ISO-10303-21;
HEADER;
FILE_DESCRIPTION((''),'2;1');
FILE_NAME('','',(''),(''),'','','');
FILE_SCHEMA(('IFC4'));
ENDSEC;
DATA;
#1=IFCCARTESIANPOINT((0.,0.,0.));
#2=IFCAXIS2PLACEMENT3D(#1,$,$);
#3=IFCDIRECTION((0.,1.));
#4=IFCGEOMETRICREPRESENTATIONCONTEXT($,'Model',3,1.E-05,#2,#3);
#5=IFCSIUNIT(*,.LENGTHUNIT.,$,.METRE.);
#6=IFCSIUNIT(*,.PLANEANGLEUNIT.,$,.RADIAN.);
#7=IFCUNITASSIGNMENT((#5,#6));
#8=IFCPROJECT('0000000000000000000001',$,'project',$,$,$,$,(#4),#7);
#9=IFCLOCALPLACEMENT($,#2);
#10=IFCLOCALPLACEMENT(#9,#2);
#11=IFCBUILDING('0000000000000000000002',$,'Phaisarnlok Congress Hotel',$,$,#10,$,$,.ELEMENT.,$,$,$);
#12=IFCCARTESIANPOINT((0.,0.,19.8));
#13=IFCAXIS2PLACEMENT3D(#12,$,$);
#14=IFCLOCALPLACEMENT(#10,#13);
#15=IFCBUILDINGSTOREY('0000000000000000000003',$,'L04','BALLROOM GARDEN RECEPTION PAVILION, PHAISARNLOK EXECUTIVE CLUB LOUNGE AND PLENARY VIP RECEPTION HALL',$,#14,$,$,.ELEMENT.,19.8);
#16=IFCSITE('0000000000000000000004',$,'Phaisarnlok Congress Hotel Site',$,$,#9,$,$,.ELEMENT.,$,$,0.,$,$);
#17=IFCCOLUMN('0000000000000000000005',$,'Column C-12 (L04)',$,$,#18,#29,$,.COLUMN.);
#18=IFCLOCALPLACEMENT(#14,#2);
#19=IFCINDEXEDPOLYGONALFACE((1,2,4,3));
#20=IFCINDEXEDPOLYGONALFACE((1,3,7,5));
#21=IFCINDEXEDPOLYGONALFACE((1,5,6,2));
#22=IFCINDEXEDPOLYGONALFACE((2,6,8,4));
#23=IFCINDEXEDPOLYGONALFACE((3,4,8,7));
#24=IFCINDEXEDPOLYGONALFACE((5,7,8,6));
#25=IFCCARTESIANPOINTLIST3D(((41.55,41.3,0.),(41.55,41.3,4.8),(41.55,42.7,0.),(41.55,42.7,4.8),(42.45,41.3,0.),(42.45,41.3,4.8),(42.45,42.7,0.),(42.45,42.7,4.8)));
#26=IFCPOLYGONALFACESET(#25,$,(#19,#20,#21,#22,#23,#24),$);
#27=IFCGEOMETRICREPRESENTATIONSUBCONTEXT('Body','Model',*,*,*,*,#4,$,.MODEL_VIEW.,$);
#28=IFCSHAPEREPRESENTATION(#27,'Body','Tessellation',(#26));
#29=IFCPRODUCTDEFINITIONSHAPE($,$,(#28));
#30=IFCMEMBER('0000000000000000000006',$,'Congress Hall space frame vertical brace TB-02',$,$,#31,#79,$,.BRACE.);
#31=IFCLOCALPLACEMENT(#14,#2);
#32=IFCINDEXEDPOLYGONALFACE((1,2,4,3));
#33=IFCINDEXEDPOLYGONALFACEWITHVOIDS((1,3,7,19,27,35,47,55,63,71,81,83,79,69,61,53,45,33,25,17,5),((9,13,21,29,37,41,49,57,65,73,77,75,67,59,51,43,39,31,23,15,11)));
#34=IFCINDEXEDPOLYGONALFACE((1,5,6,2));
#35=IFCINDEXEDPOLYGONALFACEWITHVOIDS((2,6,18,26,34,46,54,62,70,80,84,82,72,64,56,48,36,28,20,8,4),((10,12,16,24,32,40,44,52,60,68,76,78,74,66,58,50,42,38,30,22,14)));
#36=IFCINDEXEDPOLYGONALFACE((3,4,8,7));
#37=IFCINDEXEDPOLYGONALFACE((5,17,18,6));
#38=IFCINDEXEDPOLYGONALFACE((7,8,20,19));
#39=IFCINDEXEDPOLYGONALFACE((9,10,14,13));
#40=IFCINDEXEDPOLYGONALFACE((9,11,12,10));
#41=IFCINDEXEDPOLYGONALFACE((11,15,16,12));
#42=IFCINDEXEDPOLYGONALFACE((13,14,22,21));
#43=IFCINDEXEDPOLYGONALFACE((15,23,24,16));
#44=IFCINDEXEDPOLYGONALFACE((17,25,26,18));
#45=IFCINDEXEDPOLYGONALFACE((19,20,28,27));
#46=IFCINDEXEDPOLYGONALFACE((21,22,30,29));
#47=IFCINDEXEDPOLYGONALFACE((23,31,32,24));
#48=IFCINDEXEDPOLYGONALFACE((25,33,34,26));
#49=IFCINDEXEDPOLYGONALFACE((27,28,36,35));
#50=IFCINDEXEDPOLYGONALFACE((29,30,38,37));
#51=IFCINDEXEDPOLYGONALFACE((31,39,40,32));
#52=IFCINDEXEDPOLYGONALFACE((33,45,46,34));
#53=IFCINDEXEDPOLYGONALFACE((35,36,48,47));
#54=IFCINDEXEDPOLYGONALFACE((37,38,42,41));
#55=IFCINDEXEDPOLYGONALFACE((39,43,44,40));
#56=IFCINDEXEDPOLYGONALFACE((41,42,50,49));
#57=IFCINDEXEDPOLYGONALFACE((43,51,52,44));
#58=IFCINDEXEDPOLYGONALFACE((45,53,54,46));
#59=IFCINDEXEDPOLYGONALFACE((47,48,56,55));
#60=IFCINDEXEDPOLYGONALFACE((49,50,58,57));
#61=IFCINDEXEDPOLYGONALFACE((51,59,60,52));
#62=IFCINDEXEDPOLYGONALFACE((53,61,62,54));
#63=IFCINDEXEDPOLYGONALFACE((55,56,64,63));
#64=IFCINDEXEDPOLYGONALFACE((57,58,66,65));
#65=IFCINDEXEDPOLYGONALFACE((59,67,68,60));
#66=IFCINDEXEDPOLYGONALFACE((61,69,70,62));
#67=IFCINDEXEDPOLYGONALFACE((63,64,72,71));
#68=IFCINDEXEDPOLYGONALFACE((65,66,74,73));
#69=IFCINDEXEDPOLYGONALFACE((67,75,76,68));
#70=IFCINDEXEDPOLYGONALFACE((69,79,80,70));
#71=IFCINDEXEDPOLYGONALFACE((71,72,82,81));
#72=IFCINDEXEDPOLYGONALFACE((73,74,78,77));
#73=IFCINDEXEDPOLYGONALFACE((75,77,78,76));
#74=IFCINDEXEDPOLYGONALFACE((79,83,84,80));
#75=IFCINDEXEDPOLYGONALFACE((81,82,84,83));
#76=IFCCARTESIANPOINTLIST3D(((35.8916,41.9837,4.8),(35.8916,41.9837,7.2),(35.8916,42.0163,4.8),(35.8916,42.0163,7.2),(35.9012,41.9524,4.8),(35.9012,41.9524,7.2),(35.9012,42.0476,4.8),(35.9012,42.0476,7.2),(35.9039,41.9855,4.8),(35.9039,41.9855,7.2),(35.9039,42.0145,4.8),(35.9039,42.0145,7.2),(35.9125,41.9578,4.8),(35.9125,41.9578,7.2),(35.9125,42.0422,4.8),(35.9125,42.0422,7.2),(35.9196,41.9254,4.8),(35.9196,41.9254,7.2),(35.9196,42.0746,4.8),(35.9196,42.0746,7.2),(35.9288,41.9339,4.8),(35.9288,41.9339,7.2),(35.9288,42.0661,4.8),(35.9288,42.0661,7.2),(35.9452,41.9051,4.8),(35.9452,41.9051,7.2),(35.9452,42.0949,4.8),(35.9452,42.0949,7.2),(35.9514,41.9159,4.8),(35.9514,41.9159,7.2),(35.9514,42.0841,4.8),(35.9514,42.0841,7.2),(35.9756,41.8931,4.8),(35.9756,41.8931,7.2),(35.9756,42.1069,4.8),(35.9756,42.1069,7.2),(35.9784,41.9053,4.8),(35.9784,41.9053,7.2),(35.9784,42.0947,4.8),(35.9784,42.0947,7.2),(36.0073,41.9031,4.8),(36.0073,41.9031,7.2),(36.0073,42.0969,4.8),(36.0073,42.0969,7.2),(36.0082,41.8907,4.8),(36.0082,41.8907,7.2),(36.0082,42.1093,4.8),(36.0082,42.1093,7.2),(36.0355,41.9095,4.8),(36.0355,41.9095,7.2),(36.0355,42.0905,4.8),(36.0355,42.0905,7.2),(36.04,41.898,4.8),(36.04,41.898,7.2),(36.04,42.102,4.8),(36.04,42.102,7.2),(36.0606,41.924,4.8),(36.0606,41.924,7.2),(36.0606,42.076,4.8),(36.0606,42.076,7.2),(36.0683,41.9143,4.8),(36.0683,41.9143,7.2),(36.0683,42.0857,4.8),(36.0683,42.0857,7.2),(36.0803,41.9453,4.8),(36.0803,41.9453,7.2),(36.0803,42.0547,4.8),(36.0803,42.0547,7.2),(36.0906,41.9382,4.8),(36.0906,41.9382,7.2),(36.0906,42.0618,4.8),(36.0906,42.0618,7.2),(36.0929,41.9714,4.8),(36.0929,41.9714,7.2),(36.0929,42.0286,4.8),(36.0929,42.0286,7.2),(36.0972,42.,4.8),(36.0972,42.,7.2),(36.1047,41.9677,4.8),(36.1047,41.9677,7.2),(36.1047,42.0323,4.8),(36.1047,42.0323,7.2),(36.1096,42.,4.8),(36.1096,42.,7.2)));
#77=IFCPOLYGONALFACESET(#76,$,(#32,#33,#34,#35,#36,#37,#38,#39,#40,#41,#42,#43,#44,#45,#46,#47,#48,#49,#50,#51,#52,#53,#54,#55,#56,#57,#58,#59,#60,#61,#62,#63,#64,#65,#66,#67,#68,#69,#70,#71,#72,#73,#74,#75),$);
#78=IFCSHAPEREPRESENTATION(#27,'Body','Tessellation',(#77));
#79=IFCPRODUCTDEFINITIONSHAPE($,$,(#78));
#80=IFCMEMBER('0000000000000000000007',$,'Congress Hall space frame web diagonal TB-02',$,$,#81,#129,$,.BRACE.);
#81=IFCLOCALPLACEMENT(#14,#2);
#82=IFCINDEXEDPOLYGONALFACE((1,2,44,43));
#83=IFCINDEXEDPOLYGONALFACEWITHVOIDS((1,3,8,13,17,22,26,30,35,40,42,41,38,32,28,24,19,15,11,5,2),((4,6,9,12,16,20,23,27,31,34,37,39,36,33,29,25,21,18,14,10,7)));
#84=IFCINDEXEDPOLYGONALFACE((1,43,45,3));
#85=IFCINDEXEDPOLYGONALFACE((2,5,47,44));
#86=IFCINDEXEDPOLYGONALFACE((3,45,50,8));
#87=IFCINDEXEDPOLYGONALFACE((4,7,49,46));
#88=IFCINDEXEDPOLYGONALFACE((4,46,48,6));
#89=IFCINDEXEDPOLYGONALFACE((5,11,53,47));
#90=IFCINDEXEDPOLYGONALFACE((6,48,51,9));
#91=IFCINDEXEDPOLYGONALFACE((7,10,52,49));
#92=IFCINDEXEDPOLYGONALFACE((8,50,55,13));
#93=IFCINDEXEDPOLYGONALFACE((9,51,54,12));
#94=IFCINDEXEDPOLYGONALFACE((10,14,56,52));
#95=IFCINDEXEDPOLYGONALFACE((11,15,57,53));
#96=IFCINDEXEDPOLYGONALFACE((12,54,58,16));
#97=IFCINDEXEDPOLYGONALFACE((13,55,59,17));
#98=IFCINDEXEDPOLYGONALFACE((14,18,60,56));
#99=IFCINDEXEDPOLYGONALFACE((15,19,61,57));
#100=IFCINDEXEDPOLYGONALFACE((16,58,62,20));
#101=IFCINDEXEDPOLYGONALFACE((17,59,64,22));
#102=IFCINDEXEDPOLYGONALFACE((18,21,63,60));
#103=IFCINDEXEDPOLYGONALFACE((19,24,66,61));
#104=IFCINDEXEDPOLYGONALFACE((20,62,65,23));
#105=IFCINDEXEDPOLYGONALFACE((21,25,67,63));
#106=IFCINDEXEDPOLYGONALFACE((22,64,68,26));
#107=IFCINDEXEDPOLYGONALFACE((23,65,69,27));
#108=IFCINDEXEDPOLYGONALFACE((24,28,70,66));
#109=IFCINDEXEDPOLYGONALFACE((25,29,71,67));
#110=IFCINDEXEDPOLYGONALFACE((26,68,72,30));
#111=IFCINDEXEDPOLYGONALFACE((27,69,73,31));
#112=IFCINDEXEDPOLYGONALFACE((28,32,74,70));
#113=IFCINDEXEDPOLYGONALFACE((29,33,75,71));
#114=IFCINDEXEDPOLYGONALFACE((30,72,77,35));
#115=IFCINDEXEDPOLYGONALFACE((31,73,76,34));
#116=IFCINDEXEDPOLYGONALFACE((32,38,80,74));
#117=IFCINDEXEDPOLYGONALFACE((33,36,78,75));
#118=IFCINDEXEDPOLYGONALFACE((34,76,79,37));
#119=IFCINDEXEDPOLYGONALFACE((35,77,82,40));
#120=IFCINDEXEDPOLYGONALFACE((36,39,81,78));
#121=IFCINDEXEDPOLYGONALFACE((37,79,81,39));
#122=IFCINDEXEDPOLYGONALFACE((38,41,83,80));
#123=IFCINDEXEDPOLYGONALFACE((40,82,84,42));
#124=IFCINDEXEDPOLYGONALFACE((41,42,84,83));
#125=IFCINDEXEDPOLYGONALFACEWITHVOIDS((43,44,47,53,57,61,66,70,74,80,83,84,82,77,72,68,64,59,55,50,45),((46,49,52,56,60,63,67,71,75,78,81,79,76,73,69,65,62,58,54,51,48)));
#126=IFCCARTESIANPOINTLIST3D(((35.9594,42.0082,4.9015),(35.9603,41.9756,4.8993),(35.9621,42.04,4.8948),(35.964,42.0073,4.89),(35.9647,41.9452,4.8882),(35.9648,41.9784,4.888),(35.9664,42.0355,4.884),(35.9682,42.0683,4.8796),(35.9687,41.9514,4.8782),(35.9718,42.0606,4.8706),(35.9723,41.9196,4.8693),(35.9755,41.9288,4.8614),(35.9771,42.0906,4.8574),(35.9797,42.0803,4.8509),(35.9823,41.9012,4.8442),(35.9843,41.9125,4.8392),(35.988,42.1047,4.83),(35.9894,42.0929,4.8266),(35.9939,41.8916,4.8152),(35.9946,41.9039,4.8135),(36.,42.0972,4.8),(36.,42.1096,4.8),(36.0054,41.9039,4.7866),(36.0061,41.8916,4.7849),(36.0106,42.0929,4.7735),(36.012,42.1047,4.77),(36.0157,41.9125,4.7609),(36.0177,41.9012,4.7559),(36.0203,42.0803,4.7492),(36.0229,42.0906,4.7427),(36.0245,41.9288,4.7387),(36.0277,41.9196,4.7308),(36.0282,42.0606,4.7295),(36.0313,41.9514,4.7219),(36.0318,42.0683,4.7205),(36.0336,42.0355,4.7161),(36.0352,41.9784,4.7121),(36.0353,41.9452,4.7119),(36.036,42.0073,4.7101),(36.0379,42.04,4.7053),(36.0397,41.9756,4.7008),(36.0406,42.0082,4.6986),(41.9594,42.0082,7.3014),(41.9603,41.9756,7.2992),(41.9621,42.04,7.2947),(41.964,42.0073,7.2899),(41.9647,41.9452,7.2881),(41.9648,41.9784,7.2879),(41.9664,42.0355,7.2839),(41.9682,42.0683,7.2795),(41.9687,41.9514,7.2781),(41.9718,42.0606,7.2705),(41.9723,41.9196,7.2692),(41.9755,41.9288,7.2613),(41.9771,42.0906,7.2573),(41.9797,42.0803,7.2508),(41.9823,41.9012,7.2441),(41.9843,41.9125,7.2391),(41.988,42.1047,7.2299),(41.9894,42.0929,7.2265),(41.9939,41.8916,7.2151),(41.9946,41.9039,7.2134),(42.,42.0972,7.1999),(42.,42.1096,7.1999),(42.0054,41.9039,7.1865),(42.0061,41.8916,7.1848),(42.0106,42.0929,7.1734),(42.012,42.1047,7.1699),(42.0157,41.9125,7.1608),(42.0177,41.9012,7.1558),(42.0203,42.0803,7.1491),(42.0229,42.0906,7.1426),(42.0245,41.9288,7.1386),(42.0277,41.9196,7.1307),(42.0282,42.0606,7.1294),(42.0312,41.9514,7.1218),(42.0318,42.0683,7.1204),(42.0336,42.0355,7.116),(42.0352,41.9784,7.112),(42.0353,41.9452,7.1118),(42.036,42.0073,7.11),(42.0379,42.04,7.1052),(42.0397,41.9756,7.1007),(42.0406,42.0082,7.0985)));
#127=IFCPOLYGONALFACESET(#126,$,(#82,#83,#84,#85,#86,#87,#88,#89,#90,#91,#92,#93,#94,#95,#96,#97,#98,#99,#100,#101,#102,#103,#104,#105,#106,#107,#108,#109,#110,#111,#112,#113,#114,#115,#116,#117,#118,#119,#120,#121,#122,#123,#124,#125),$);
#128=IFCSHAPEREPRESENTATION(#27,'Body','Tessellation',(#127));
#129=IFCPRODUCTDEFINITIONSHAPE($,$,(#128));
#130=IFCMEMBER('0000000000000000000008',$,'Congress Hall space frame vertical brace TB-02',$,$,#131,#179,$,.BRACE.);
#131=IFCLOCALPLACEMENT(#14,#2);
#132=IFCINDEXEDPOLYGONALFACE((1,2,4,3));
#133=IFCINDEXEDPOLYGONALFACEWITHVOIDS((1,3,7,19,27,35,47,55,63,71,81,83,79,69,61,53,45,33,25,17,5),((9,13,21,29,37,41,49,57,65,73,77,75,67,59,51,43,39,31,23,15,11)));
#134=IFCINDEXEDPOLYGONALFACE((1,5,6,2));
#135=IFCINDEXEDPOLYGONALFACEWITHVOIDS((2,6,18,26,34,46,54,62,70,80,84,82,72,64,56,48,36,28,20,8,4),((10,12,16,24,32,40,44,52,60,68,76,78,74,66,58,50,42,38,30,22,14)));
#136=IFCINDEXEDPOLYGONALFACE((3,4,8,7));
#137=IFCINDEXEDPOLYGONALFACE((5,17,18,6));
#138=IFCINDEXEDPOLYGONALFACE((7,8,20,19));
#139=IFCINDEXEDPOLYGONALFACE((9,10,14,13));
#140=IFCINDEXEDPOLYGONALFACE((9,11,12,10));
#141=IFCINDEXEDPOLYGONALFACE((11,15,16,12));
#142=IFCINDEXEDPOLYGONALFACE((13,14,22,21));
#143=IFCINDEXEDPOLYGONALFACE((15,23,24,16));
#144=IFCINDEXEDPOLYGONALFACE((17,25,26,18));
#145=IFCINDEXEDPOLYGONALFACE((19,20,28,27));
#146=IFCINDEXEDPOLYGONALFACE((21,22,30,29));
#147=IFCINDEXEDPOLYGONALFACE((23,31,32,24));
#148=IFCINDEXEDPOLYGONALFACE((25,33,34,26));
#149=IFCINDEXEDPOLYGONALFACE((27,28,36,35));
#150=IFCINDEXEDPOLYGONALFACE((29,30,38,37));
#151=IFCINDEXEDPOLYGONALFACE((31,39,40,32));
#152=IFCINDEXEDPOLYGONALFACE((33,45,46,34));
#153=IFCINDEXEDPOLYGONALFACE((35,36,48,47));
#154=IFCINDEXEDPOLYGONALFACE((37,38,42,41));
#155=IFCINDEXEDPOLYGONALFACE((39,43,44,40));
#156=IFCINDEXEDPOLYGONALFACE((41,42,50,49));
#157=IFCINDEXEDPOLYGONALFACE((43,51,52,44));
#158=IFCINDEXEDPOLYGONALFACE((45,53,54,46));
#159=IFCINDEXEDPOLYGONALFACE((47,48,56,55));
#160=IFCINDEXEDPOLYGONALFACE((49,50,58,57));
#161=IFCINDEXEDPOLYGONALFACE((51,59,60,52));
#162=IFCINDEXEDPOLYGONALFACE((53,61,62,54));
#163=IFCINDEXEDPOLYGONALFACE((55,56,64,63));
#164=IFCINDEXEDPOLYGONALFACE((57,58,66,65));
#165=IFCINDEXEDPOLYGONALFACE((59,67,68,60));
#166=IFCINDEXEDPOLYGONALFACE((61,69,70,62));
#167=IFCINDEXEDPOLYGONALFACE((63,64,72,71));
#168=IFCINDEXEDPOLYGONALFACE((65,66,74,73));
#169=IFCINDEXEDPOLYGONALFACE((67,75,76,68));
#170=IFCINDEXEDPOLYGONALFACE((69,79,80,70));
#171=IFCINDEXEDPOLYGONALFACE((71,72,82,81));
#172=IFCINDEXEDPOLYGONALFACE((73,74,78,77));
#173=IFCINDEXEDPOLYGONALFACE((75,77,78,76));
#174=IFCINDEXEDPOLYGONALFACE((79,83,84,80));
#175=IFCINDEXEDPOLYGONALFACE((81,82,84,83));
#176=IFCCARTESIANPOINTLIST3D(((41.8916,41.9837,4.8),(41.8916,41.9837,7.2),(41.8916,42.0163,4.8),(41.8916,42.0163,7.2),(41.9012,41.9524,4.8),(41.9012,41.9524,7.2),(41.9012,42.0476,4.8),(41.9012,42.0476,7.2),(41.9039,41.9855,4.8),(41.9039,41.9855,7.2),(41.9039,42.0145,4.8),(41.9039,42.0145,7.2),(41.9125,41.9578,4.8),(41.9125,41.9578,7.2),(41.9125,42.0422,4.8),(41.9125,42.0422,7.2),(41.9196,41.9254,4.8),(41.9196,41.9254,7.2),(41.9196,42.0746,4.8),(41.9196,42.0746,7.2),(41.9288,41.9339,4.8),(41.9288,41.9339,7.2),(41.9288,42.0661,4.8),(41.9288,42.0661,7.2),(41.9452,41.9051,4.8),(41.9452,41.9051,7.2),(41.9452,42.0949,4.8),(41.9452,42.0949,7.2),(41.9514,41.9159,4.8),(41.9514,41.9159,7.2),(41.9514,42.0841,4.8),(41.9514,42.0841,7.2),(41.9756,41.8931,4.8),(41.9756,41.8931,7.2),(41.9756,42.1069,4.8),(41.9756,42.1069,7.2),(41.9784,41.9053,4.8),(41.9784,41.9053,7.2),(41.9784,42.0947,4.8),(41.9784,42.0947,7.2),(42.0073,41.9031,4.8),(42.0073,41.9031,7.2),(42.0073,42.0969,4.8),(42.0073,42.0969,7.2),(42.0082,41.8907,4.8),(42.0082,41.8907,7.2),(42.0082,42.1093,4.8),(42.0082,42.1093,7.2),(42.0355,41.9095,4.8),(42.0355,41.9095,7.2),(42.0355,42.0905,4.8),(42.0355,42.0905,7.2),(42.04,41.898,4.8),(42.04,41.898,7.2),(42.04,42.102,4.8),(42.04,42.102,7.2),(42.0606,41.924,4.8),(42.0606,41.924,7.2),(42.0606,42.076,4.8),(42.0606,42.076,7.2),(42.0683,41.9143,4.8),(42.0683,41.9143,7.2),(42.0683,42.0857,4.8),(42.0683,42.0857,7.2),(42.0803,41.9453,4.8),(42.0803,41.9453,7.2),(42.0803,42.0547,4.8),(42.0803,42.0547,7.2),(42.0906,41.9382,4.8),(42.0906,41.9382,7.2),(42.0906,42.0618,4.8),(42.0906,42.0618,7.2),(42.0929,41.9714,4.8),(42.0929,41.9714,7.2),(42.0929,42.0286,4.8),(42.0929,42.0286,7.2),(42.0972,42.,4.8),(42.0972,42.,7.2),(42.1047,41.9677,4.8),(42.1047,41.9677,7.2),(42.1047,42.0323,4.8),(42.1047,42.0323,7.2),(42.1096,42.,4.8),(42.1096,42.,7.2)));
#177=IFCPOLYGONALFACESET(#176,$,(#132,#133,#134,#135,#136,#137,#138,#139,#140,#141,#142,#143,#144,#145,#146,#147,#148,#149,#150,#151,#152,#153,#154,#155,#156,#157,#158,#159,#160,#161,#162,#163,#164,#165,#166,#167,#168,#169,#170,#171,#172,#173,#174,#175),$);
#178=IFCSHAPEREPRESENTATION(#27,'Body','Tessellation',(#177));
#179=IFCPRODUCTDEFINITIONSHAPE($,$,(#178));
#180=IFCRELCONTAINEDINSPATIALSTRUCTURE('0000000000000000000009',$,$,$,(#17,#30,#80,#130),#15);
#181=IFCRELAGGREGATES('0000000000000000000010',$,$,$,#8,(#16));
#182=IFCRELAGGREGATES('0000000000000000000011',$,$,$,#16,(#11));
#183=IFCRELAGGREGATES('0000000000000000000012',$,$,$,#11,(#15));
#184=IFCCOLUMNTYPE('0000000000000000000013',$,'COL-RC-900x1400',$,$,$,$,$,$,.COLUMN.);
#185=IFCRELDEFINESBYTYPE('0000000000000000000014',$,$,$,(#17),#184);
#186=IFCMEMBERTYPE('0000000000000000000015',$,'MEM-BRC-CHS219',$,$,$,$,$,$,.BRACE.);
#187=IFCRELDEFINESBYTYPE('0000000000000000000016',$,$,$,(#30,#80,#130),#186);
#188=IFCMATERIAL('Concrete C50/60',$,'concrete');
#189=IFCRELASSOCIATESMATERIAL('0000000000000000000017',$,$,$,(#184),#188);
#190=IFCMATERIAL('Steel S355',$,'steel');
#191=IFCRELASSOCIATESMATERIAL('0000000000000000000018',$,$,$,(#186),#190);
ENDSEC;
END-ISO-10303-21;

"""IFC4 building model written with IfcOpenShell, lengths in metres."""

from ifc_helpers import new_model, si_unit, direction, frame, origin, origin_2d, place, context, subcontext, project, spatial, rectangle, hollow_circle, extrude, material, material_profile, profile_set, type_object, element, save


model = new_model("IFC4")

# Units and contexts
model_context = context("Model", 3, precision=1e-05, world=origin(), true_north=direction((0.0, 1.0)))
body_context = subcontext(model_context, "Body", "Model", "MODEL_VIEW")
ifc_project = project(units=[si_unit("LENGTHUNIT", "METRE"), si_unit("PLANEANGLEUNIT", "RADIAN")], contexts=[model_context])

# Site, building, storey
site_placement = place(None, origin())
site = spatial("IfcSite", under=ifc_project, at=site_placement, Name="Phaisarnlok Congress Hotel Site", CompositionType="ELEMENT", RefElevation=0.0)
building_placement = place(site_placement, origin())
building = spatial("IfcBuilding", under=site, at=building_placement, Name="Phaisarnlok Congress Hotel", CompositionType="ELEMENT")
storey_placement = place(building_placement, frame((0.0, 0.0, 19.8)))
storey = spatial("IfcBuildingStorey", under=building, at=storey_placement, Name="L04", Description="BALLROOM GARDEN RECEPTION PAVILION, PHAISARNLOK EXECUTIVE CLUB LOUNGE AND PLENARY VIP RECEPTION HALL", CompositionType="ELEMENT", Elevation=19.8)

# Column
ifc_material_1 = material(Name="Concrete C50/60", Category="concrete")
ifc_material_profile_1 = material_profile(ifc_material_1, rectangle(XDim=0.8999, YDim=1.3999, at=origin_2d()), Name="RC 900x1400")
ifc_profile_set_1 = profile_set([ifc_material_profile_1], Name="Concrete C50/60")
column_type = type_object("IfcColumnType", Name="COL-RC-900x1400", PredefinedType="COLUMN", material=ifc_profile_set_1)
column_placement = place(storey_placement, frame((42.0, 42.0, 0.0), z_axis=(0.0, 0.0, 1.0), x_axis=(1.0, 0.0, 0.0)))
element("IfcColumn", 1, at=column_placement, inside=storey, type_object=column_type, Name="Column C-12 (L04)", PredefinedType="COLUMN", context=body_context, shape_type="SweptSolid", body=[
    extrude(rectangle(XDim=0.8999, YDim=1.3999, at=origin_2d()), origin(), (0.0, 0.0, 1.0), 4.8),
])

# Members
ifc_material_2 = material(Name="Steel S355", Category="steel")
ifc_material_profile_2 = material_profile(ifc_material_2, hollow_circle(Radius=0.1096, WallThickness=0.0125, at=origin_2d()), Name="CHS 219.1x12.5")
ifc_profile_set_2 = profile_set([ifc_material_profile_2], Name="Steel S355")
member_type_1 = type_object("IfcMemberType", Name="MEM-BRC-CHS219", PredefinedType="BRACE", material=ifc_profile_set_2)
member_1_placement = place(storey_placement, frame((36.0, 42.0, 4.8), z_axis=(0.0, 0.0, 1.0), x_axis=(1.0, 0.0, 0.0)))
element("IfcMember", 2, at=member_1_placement, inside=storey, type_object=member_type_1, Name="Congress Hall space frame vertical brace TB-02", PredefinedType="BRACE", context=body_context, shape_type="SweptSolid", body=[
    extrude(hollow_circle(Radius=0.1096, WallThickness=0.0125, at=origin_2d()), origin(), (0.0, 0.0, 1.0), 2.3999),
])
member_2_placement = place(storey_placement, frame((36.0, 42.0, 4.8), z_axis=(0.928482, 0.0, 0.371378), x_axis=(0.0, 1.0, 0.0)))
element("IfcMember", 3, at=member_2_placement, inside=storey, type_object=member_type_1, Name="Congress Hall space frame web diagonal TB-02", PredefinedType="BRACE", context=body_context, shape_type="SweptSolid", body=[
    extrude(hollow_circle(Radius=0.1096, WallThickness=0.0125, at=origin_2d()), origin(), (0.0, 0.0, 1.0), 6.4622),
])
member_3_placement = place(storey_placement, frame((42.0, 42.0, 4.8), z_axis=(0.0, 0.0, 1.0), x_axis=(1.0, 0.0, 0.0)))
element("IfcMember", 4, at=member_3_placement, inside=storey, type_object=member_type_1, Name="Congress Hall space frame vertical brace TB-02", PredefinedType="BRACE", context=body_context, shape_type="SweptSolid", body=[
    extrude(hollow_circle(Radius=0.1096, WallThickness=0.0125, at=origin_2d()), origin(), (0.0, 0.0, 1.0), 2.3999),
])

save(model, "model.ifc")
